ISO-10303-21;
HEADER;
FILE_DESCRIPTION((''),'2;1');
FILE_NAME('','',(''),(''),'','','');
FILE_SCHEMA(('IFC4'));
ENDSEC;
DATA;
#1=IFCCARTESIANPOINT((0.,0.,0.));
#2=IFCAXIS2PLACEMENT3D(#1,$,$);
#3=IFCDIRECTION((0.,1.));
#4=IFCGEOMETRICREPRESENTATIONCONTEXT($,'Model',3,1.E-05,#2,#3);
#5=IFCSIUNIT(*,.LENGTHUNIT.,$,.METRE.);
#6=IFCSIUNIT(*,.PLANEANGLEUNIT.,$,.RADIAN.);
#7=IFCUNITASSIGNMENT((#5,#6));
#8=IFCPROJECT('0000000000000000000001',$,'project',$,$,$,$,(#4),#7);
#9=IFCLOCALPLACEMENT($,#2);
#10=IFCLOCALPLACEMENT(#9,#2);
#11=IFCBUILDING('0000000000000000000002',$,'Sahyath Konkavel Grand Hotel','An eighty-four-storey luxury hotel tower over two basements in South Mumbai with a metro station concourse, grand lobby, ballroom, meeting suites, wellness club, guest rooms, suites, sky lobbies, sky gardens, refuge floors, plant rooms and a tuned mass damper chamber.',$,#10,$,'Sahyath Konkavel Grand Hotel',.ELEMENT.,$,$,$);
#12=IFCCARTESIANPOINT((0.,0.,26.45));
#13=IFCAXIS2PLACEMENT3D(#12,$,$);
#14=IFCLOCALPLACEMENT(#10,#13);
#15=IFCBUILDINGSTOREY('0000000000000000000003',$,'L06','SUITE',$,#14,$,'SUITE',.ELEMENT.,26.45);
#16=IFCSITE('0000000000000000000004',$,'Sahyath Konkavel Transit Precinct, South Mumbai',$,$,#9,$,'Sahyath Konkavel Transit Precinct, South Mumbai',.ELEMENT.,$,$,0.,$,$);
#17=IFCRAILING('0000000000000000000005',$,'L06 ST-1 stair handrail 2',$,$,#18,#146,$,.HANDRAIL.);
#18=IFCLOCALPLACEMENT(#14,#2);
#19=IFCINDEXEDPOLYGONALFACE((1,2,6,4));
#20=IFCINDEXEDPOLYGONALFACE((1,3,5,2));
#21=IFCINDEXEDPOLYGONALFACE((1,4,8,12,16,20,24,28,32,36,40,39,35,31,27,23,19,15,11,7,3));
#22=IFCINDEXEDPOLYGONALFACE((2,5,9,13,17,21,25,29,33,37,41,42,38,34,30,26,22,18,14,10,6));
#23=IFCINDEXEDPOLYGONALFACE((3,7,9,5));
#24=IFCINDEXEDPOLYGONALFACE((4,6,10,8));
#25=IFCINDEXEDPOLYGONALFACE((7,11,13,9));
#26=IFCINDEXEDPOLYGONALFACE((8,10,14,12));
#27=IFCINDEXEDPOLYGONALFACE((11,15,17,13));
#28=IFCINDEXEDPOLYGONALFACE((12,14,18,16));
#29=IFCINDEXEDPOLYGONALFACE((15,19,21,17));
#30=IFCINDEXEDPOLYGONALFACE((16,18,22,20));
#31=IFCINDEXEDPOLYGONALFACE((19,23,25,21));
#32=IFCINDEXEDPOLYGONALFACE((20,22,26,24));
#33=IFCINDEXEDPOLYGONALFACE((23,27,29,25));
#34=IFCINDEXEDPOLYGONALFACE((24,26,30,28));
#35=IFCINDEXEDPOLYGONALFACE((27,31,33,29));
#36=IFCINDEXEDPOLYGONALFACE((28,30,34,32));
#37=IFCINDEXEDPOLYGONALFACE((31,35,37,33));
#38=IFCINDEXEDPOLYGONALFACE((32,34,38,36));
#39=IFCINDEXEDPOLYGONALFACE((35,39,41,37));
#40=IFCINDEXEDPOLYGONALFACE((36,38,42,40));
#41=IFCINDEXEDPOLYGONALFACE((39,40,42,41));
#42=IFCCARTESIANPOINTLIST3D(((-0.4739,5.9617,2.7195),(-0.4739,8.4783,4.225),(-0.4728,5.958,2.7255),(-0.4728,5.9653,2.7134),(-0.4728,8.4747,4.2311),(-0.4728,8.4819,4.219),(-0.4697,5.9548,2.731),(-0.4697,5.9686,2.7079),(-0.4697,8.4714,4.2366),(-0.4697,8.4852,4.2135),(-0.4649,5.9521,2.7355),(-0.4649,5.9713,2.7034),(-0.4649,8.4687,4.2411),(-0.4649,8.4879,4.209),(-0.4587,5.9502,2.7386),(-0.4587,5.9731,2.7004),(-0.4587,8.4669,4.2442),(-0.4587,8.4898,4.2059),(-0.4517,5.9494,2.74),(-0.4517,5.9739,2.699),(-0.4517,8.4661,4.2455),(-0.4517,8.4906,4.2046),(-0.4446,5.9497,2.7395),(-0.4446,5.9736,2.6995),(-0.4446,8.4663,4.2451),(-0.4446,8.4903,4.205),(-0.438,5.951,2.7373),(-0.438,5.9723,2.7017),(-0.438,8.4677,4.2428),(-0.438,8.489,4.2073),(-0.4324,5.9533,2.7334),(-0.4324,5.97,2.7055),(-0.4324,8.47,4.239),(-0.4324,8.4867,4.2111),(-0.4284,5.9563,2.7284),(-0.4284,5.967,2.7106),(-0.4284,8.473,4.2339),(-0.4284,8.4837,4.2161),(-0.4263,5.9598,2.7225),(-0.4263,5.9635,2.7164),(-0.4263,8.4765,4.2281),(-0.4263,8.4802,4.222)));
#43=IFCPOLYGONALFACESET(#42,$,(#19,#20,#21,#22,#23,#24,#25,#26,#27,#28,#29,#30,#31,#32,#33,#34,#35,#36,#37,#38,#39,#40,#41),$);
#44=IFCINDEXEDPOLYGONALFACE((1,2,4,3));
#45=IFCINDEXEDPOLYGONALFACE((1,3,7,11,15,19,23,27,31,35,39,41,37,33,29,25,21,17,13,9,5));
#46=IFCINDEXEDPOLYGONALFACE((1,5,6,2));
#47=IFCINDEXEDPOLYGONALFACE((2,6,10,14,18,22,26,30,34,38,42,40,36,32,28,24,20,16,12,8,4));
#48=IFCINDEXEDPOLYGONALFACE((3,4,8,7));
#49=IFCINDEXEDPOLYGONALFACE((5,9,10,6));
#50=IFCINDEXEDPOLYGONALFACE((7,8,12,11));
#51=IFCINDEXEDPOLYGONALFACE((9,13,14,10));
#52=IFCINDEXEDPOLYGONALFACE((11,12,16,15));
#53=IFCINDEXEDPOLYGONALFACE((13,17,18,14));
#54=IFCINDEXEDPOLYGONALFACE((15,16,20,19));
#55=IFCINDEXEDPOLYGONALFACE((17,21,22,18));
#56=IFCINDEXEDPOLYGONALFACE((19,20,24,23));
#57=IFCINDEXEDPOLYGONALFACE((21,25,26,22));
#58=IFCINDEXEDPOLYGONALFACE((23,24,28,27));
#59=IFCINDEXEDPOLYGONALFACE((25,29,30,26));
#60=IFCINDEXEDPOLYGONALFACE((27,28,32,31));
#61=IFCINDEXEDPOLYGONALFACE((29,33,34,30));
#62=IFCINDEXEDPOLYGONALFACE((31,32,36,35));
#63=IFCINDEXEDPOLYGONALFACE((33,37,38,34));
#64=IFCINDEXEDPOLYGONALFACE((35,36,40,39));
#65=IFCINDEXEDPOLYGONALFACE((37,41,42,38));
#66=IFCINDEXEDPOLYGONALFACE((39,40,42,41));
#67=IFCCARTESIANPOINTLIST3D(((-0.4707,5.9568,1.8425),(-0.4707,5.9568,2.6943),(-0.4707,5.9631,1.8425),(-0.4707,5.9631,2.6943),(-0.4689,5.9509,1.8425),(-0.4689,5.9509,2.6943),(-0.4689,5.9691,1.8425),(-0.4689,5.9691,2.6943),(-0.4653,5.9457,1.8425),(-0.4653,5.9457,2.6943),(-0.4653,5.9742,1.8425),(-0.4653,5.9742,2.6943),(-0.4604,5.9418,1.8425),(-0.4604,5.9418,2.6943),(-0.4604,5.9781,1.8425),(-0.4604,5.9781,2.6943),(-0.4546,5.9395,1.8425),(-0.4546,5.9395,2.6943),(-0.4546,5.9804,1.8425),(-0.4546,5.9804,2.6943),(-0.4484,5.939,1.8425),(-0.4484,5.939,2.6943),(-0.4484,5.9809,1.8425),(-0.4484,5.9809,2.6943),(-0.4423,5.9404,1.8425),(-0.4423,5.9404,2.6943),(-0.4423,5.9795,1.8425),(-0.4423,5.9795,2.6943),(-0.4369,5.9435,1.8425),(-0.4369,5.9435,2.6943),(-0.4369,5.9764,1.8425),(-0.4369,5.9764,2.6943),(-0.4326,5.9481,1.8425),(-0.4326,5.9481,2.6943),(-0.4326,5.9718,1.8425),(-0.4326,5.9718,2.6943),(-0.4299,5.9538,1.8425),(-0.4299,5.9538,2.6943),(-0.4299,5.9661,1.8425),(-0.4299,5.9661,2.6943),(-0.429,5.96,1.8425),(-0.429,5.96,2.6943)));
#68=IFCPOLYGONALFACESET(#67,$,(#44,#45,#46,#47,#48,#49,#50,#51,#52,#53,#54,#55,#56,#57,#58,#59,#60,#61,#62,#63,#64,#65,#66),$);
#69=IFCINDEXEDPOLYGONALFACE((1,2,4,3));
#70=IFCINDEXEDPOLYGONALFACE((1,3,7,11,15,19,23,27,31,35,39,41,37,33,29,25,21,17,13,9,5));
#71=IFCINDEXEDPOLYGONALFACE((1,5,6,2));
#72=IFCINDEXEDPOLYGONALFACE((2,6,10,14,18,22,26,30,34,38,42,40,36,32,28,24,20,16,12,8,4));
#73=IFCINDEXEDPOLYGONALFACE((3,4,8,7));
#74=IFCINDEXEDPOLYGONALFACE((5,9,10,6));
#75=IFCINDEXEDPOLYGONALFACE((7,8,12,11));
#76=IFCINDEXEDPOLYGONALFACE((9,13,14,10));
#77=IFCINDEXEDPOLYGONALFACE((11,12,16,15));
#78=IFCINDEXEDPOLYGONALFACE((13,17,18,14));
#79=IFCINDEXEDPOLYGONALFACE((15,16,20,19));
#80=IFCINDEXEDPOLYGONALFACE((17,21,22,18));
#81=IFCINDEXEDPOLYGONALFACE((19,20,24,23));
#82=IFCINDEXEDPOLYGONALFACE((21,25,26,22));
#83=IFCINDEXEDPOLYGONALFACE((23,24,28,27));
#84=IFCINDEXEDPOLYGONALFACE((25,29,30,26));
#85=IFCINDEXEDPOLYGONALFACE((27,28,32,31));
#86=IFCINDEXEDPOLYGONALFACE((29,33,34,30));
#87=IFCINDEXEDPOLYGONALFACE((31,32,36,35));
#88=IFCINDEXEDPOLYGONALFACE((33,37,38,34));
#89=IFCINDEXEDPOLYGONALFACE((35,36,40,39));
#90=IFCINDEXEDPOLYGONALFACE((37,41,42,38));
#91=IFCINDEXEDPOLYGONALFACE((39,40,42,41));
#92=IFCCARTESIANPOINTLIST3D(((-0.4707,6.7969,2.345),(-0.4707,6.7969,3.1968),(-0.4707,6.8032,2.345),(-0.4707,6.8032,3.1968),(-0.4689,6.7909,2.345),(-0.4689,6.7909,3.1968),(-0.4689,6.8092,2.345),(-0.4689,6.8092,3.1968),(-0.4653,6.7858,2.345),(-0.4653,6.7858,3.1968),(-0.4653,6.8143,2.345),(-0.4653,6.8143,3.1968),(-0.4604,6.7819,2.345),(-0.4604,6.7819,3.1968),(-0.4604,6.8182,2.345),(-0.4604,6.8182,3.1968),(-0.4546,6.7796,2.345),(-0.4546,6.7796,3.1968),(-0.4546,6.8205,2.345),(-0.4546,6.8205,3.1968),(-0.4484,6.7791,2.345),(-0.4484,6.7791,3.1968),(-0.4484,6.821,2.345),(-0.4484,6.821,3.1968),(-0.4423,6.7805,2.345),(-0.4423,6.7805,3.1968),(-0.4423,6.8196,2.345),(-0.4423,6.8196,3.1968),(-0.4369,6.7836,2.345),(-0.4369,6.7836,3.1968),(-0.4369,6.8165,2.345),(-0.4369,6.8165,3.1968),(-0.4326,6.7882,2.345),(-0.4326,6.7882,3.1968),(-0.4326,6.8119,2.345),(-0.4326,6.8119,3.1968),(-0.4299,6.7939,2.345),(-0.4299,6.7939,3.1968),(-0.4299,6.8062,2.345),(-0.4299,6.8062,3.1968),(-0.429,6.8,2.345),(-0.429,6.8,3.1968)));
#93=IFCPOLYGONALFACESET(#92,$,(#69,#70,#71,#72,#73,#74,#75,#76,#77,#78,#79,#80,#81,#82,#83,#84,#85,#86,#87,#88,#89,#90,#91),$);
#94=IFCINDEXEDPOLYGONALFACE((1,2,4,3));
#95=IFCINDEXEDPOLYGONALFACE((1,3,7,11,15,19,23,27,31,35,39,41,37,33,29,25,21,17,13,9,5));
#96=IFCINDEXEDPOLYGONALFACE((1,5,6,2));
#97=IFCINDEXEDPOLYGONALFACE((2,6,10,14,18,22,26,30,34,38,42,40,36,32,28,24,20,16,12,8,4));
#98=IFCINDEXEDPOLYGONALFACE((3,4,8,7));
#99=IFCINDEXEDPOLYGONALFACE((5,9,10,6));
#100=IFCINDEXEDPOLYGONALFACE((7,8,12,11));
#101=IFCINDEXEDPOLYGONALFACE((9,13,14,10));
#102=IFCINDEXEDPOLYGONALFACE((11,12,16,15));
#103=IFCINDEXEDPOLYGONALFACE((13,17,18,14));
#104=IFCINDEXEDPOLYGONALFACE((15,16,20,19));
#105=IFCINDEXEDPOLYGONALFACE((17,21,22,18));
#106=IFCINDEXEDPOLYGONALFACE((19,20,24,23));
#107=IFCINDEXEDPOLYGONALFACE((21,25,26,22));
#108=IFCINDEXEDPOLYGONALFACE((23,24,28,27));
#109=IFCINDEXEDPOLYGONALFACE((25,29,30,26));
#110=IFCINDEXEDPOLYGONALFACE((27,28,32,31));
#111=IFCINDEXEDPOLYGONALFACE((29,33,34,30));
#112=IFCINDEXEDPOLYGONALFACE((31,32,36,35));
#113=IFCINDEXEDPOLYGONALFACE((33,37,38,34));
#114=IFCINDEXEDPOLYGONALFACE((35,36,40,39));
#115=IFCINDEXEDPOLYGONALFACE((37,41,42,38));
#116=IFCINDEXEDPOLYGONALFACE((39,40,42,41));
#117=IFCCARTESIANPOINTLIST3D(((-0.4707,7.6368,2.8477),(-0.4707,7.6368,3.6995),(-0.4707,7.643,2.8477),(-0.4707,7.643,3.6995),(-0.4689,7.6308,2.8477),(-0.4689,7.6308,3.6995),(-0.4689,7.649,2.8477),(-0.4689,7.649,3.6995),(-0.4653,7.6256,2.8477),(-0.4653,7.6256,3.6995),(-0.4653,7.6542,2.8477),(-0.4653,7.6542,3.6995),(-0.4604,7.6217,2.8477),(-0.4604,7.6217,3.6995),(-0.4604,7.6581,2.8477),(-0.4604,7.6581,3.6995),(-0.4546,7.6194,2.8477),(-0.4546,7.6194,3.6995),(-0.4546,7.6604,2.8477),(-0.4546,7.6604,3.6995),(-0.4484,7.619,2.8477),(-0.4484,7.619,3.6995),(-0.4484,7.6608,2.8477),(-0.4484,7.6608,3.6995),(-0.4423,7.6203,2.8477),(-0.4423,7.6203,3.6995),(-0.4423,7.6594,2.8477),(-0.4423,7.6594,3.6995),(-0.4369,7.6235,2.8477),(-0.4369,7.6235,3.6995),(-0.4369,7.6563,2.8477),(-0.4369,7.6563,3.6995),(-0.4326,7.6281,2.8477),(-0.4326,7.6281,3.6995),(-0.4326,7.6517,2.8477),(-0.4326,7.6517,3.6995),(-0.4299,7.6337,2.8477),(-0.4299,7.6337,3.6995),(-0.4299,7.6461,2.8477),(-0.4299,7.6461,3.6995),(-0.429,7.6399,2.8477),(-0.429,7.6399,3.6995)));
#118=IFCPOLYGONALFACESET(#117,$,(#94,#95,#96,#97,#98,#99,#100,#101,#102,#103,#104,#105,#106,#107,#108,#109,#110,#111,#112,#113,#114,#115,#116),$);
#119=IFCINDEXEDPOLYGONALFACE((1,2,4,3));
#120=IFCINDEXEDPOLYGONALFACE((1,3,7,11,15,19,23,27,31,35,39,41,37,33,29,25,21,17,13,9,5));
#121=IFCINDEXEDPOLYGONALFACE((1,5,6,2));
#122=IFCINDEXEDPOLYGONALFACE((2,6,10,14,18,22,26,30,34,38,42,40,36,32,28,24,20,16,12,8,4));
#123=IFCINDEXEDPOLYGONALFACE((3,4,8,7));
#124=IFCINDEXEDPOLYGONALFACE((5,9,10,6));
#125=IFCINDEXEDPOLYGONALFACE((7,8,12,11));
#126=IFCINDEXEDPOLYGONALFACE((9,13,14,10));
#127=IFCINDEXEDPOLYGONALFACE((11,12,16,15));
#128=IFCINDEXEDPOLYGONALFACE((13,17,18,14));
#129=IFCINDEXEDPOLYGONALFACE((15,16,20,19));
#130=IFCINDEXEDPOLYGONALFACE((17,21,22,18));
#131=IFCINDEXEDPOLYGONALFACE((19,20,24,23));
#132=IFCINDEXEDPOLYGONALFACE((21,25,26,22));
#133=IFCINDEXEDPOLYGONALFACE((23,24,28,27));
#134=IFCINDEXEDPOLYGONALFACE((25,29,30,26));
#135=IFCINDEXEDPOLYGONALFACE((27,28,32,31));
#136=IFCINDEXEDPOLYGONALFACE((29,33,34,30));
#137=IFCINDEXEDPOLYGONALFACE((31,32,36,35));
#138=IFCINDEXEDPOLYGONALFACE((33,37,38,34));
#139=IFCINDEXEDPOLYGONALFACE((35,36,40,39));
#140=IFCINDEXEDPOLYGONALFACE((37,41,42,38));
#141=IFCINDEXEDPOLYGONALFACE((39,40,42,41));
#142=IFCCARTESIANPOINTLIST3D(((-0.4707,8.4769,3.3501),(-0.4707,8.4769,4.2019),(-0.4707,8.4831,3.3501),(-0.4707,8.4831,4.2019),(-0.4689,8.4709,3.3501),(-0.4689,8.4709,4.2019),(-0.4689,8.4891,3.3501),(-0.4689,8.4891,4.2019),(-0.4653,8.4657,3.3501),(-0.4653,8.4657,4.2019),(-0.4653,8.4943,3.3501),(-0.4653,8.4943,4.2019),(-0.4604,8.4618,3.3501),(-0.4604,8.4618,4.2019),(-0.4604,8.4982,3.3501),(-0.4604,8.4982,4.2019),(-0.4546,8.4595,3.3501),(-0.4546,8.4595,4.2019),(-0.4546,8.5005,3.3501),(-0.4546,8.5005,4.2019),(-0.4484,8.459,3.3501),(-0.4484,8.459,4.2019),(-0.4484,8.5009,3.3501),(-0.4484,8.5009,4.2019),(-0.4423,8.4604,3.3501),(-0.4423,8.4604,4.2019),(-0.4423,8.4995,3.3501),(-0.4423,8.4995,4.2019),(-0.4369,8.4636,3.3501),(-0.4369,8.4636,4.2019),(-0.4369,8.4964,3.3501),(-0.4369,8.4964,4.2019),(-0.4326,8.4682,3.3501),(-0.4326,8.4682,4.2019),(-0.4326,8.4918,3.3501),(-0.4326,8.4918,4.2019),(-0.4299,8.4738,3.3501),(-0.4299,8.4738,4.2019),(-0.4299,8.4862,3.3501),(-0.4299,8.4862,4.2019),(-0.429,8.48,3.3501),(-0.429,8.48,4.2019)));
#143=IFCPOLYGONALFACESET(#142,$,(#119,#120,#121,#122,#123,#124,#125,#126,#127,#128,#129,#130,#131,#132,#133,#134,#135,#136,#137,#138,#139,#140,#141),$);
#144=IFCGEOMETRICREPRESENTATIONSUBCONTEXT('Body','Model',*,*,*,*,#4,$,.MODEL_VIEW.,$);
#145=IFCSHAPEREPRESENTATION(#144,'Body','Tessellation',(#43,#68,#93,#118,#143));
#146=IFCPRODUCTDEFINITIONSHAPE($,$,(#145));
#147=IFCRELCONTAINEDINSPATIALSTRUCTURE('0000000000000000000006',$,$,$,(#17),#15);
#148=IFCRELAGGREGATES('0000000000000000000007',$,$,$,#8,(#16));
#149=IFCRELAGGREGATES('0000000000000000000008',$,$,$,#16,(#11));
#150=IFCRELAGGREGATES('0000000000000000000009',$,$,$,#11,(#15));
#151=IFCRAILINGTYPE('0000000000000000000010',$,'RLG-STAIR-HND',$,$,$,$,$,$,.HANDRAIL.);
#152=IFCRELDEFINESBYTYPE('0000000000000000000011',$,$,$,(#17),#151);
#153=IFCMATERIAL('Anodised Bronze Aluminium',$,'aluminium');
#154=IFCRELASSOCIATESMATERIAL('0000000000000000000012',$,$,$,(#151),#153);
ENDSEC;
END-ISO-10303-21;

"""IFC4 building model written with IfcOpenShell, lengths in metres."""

from ifc_helpers import new_model, si_unit, direction, frame, origin, origin_2d, place, context, subcontext, project, spatial, circle, extrude, material, type_object, element, save


model = new_model("IFC4")

# Units and contexts
model_context = context("Model", 3, precision=1e-05, world=origin(), true_north=direction((0.0, 1.0)))
body_context = subcontext(model_context, "Body", "Model", "MODEL_VIEW")
ifc_project = project(units=[si_unit("LENGTHUNIT", "METRE"), si_unit("PLANEANGLEUNIT", "RADIAN")], contexts=[model_context])

# Site, building, storey
site_placement = place(None, origin())
site = spatial("IfcSite", under=ifc_project, at=site_placement, Name="Sahyath Konkavel Transit Precinct, South Mumbai", LongName="Sahyath Konkavel Transit Precinct, South Mumbai", CompositionType="ELEMENT", RefElevation=0.0)
building_placement = place(site_placement, origin())
building = spatial("IfcBuilding", under=site, at=building_placement, Name="Sahyath Konkavel Grand Hotel", Description="An eighty-four-storey luxury hotel tower over two basements in South Mumbai with a metro station concourse, grand lobby, ballroom, meeting suites, wellness club, guest rooms, suites, sky lobbies, sky gardens, refuge floors, plant rooms and a tuned mass damper chamber.", LongName="Sahyath Konkavel Grand Hotel", CompositionType="ELEMENT")
storey_placement = place(building_placement, frame((0.0, 0.0, 26.45)))
storey = spatial("IfcBuildingStorey", under=building, at=storey_placement, Name="L06", Description="SUITE", LongName="SUITE", CompositionType="ELEMENT", Elevation=26.45)

# Shared definitions
ifc_material_1 = material(Name="Anodised Bronze Aluminium", Category="aluminium")

# Railing
railing_type_1 = type_object("IfcRailingType", Name="RLG-STAIR-HND", PredefinedType="HANDRAIL", material=ifc_material_1)
railing_1_placement = place(storey_placement, frame((-0.45, 5.96, 1.8425)))
element("IfcRailing", 1, at=railing_1_placement, inside=storey, type_object=railing_type_1, Name="L06 ST-1 stair handrail 2", PredefinedType="HANDRAIL", context=body_context, shape_type="SweptSolid", body=[
    extrude(circle(Radius=0.0239, at=origin_2d()), frame((0.0, 0.0017, 0.877), z_axis=(0.0, 0.85816, 0.513383), x_axis=(-1.0, 0.0, 0.0)), (0.0, 0.0, 1.0), 2.9326),
    extrude(circle(Radius=0.021, at=origin_2d()), origin(), (0.0, 0.0, 1.0), 0.8518),
    extrude(circle(Radius=0.021, at=origin_2d()), frame((0.0, 0.8401, 0.5024)), (0.0, 0.0, 1.0), 0.8518),
    extrude(circle(Radius=0.021, at=origin_2d()), frame((0.0, 1.6799, 1.0051)), (0.0, 0.0, 1.0), 0.8518),
    extrude(circle(Radius=0.021, at=origin_2d()), frame((0.0, 2.52, 1.5076)), (0.0, 0.0, 1.0), 0.8518),
])

save(model, "model.ifc")
